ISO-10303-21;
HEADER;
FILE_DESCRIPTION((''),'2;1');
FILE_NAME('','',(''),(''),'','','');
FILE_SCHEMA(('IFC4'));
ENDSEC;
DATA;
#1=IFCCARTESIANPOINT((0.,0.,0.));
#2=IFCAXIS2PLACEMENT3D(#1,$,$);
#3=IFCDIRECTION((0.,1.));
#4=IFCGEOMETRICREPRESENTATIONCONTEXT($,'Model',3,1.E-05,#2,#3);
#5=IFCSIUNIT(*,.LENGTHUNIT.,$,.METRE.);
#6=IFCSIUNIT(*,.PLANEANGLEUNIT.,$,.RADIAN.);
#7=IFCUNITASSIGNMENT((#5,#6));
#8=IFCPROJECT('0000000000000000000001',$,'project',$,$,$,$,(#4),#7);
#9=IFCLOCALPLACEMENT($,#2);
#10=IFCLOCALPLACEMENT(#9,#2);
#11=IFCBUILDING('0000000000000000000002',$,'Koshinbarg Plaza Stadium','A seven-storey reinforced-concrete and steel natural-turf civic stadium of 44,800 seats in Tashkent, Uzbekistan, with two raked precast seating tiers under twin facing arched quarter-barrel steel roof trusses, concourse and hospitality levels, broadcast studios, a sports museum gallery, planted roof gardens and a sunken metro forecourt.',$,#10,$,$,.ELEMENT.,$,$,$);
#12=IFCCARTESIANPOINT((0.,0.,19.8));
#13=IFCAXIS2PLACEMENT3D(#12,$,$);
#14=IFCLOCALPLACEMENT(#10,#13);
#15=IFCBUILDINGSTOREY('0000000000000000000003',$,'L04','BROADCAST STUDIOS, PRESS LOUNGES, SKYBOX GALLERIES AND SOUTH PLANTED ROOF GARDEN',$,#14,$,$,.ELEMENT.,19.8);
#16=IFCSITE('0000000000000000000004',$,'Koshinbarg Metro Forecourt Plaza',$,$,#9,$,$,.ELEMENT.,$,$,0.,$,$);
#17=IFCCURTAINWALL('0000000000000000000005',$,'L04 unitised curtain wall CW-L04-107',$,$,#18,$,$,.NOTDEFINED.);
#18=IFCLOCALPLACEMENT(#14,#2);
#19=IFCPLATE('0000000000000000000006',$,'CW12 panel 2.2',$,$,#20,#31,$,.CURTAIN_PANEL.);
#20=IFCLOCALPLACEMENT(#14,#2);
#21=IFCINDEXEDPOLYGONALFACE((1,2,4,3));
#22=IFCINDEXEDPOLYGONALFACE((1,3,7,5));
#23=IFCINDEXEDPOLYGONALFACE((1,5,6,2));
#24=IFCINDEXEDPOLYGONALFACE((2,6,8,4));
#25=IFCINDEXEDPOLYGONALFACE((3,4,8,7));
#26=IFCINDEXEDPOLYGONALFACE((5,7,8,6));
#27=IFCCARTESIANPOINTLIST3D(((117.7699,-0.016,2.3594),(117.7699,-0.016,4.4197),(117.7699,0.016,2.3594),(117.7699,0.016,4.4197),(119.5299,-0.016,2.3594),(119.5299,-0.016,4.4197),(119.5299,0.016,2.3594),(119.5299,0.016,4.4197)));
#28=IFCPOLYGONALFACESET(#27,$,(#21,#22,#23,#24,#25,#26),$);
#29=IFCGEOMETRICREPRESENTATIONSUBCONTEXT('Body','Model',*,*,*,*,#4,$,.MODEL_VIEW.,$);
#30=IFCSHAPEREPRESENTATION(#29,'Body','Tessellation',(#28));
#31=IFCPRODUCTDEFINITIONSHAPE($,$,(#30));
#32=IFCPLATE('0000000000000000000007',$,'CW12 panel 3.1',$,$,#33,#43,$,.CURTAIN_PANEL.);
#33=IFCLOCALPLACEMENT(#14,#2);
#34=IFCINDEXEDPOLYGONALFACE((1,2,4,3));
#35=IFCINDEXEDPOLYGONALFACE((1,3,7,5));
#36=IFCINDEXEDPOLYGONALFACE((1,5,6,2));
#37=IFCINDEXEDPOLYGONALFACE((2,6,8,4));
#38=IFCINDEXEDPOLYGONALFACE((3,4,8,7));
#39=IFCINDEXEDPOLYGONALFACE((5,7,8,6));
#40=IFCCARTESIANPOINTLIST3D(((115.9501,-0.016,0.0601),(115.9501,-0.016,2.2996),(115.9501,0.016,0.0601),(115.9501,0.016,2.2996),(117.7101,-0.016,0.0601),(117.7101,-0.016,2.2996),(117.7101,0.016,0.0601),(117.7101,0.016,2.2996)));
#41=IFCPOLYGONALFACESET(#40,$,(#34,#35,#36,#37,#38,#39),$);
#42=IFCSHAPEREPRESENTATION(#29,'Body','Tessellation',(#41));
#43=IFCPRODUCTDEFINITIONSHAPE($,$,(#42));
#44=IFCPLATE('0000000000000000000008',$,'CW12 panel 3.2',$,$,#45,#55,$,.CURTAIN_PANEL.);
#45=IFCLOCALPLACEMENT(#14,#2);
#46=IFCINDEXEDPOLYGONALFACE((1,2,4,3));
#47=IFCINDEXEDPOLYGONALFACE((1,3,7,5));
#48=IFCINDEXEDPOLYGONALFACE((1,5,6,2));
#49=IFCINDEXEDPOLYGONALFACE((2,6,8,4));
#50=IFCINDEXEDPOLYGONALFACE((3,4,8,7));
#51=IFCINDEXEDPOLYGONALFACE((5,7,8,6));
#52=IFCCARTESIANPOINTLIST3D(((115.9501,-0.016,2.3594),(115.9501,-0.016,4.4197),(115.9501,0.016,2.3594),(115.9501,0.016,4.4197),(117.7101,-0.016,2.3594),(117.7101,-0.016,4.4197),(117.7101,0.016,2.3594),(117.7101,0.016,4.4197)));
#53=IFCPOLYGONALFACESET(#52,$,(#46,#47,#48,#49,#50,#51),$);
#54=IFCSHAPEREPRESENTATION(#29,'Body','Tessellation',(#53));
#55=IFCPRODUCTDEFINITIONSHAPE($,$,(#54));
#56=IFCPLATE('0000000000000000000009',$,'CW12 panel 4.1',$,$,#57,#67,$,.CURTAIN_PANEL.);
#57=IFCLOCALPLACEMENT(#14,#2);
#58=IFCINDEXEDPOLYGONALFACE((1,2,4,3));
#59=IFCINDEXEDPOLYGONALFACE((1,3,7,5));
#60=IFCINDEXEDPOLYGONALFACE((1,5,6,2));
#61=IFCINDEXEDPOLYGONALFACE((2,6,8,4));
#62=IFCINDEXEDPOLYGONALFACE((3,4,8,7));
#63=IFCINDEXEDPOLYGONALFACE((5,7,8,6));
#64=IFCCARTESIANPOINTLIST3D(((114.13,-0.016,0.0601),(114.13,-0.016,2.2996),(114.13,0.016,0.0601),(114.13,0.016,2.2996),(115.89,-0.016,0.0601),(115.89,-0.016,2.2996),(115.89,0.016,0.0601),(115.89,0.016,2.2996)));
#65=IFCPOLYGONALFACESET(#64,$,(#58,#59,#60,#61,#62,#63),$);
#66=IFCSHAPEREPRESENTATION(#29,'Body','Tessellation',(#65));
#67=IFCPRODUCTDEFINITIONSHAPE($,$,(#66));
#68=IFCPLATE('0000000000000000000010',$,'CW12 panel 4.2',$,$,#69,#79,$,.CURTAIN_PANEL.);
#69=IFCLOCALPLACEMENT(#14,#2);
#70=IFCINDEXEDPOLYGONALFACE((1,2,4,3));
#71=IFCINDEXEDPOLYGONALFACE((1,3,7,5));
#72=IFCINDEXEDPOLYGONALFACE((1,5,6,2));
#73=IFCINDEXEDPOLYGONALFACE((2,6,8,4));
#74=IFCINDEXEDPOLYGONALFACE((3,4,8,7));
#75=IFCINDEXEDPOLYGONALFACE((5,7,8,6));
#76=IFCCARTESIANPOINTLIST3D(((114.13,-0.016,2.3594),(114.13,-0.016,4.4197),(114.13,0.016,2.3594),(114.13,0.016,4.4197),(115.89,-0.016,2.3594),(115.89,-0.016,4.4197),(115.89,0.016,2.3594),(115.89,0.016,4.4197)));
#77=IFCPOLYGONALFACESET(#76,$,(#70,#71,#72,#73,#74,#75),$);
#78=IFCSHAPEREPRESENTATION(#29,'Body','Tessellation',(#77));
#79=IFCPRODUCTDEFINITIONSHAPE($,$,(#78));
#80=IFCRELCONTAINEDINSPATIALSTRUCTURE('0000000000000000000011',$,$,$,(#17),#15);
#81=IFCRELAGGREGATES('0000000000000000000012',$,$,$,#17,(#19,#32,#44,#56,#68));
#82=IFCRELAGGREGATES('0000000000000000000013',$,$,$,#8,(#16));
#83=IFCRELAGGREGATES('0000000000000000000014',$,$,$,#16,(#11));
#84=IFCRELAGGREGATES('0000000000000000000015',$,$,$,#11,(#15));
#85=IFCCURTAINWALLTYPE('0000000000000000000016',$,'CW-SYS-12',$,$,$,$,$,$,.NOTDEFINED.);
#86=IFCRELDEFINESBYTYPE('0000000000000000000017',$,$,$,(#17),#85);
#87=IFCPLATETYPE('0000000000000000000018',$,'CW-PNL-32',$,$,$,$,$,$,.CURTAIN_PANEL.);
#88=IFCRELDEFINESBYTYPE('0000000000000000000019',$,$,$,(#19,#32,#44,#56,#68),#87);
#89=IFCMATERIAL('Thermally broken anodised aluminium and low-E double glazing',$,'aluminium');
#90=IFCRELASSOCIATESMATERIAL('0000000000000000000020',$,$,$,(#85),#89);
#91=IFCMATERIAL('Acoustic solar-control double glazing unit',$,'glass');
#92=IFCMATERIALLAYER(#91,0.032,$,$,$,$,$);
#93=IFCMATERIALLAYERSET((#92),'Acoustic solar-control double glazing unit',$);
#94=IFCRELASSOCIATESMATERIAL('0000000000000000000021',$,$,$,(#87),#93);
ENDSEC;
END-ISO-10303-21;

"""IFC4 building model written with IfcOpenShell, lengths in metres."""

from ifc_helpers import new_model, si_unit, direction, frame, origin, origin_2d, place, context, subcontext, project, spatial, rectangle, extrude, material, layer, layer_set, type_object, element, aggregate, save


model = new_model("IFC4")

# Units and contexts
model_context = context("Model", 3, precision=1e-05, world=origin(), true_north=direction((0.0, 1.0)))
body_context = subcontext(model_context, "Body", "Model", "MODEL_VIEW")
ifc_project = project(units=[si_unit("LENGTHUNIT", "METRE"), si_unit("PLANEANGLEUNIT", "RADIAN")], contexts=[model_context])

# Site, building, storey
site_placement = place(None, origin())
site = spatial("IfcSite", under=ifc_project, at=site_placement, Name="Koshinbarg Metro Forecourt Plaza", CompositionType="ELEMENT", RefElevation=0.0)
building_placement = place(site_placement, origin())
building = spatial("IfcBuilding", under=site, at=building_placement, Name="Koshinbarg Plaza Stadium", Description="A seven-storey reinforced-concrete and steel natural-turf civic stadium of 44,800 seats in Tashkent, Uzbekistan, with two raked precast seating tiers under twin facing arched quarter-barrel steel roof trusses, concourse and hospitality levels, broadcast studios, a sports museum gallery, planted roof gardens and a sunken metro forecourt.", CompositionType="ELEMENT")
storey_placement = place(building_placement, frame((0.0, 0.0, 19.8)))
storey = spatial("IfcBuildingStorey", under=building, at=storey_placement, Name="L04", Description="BROADCAST STUDIOS, PRESS LOUNGES, SKYBOX GALLERIES AND SOUTH PLANTED ROOF GARDEN", CompositionType="ELEMENT", Elevation=19.8)

# Curtain wall, plates
ifc_material_1 = material(Name="Thermally broken anodised aluminium and low-E double glazing", Category="aluminium")
curtain_wall_type = type_object("IfcCurtainWallType", Name="CW-SYS-12", PredefinedType="NOTDEFINED", material=ifc_material_1)
curtain_wall_placement = place(storey_placement, origin())
curtain_wall = element("IfcCurtainWall", 1, at=curtain_wall_placement, inside=storey, type_object=curtain_wall_type, Name="L04 unitised curtain wall CW-L04-107", PredefinedType="NOTDEFINED")
ifc_material_2 = material(Name="Acoustic solar-control double glazing unit", Category="glass")
ifc_layer = layer(ifc_material_2, 0.032)
ifc_layer_set = layer_set([ifc_layer], Name="Acoustic solar-control double glazing unit")
plate_type = type_object("IfcPlateType", Name="CW-PNL-32", PredefinedType="CURTAIN_PANEL", material=ifc_layer_set)
plate_1_placement = place(storey_placement, frame((118.6499, 0.0, 2.3594), z_axis=(0.0, 0.0, 1.0), x_axis=(-1.0, 0.0, 0.0)))
plate_1 = element("IfcPlate", 2, at=plate_1_placement, type_object=plate_type, Name="CW12 panel 2.2", PredefinedType="CURTAIN_PANEL", context=body_context, shape_type="SweptSolid", body=[
    extrude(rectangle(XDim=1.76, YDim=0.032, at=origin_2d()), origin(), (0.0, 0.0, 1.0), 2.0603),
])
plate_2_placement = place(storey_placement, frame((116.8301, 0.0, 0.0601), z_axis=(0.0, 0.0, 1.0), x_axis=(-1.0, 0.0, 0.0)))
plate_2 = element("IfcPlate", 3, at=plate_2_placement, type_object=plate_type, Name="CW12 panel 3.1", PredefinedType="CURTAIN_PANEL", context=body_context, shape_type="SweptSolid", body=[
    extrude(rectangle(XDim=1.76, YDim=0.032, at=origin_2d()), origin(), (0.0, 0.0, 1.0), 2.2395),
])
plate_3_placement = place(storey_placement, frame((116.8301, 0.0, 2.3594), z_axis=(0.0, 0.0, 1.0), x_axis=(-1.0, 0.0, 0.0)))
plate_3 = element("IfcPlate", 4, at=plate_3_placement, type_object=plate_type, Name="CW12 panel 3.2", PredefinedType="CURTAIN_PANEL", context=body_context, shape_type="SweptSolid", body=[
    extrude(rectangle(XDim=1.76, YDim=0.032, at=origin_2d()), origin(), (0.0, 0.0, 1.0), 2.0603),
])
plate_4_placement = place(storey_placement, frame((115.01, 0.0, 0.0601), z_axis=(0.0, 0.0, 1.0), x_axis=(-1.0, 0.0, 0.0)))
plate_4 = element("IfcPlate", 5, at=plate_4_placement, type_object=plate_type, Name="CW12 panel 4.1", PredefinedType="CURTAIN_PANEL", context=body_context, shape_type="SweptSolid", body=[
    extrude(rectangle(XDim=1.76, YDim=0.032, at=origin_2d()), origin(), (0.0, 0.0, 1.0), 2.2395),
])
plate_5_placement = place(storey_placement, frame((115.01, 0.0, 2.3594), z_axis=(0.0, 0.0, 1.0), x_axis=(-1.0, 0.0, 0.0)))
plate_5 = element("IfcPlate", 6, at=plate_5_placement, type_object=plate_type, Name="CW12 panel 4.2", PredefinedType="CURTAIN_PANEL", context=body_context, shape_type="SweptSolid", body=[
    extrude(rectangle(XDim=1.76, YDim=0.032, at=origin_2d()), origin(), (0.0, 0.0, 1.0), 2.0603),
])
aggregate(curtain_wall, [plate_1, plate_2, plate_3, plate_4, plate_5])

save(model, "model.ifc")
